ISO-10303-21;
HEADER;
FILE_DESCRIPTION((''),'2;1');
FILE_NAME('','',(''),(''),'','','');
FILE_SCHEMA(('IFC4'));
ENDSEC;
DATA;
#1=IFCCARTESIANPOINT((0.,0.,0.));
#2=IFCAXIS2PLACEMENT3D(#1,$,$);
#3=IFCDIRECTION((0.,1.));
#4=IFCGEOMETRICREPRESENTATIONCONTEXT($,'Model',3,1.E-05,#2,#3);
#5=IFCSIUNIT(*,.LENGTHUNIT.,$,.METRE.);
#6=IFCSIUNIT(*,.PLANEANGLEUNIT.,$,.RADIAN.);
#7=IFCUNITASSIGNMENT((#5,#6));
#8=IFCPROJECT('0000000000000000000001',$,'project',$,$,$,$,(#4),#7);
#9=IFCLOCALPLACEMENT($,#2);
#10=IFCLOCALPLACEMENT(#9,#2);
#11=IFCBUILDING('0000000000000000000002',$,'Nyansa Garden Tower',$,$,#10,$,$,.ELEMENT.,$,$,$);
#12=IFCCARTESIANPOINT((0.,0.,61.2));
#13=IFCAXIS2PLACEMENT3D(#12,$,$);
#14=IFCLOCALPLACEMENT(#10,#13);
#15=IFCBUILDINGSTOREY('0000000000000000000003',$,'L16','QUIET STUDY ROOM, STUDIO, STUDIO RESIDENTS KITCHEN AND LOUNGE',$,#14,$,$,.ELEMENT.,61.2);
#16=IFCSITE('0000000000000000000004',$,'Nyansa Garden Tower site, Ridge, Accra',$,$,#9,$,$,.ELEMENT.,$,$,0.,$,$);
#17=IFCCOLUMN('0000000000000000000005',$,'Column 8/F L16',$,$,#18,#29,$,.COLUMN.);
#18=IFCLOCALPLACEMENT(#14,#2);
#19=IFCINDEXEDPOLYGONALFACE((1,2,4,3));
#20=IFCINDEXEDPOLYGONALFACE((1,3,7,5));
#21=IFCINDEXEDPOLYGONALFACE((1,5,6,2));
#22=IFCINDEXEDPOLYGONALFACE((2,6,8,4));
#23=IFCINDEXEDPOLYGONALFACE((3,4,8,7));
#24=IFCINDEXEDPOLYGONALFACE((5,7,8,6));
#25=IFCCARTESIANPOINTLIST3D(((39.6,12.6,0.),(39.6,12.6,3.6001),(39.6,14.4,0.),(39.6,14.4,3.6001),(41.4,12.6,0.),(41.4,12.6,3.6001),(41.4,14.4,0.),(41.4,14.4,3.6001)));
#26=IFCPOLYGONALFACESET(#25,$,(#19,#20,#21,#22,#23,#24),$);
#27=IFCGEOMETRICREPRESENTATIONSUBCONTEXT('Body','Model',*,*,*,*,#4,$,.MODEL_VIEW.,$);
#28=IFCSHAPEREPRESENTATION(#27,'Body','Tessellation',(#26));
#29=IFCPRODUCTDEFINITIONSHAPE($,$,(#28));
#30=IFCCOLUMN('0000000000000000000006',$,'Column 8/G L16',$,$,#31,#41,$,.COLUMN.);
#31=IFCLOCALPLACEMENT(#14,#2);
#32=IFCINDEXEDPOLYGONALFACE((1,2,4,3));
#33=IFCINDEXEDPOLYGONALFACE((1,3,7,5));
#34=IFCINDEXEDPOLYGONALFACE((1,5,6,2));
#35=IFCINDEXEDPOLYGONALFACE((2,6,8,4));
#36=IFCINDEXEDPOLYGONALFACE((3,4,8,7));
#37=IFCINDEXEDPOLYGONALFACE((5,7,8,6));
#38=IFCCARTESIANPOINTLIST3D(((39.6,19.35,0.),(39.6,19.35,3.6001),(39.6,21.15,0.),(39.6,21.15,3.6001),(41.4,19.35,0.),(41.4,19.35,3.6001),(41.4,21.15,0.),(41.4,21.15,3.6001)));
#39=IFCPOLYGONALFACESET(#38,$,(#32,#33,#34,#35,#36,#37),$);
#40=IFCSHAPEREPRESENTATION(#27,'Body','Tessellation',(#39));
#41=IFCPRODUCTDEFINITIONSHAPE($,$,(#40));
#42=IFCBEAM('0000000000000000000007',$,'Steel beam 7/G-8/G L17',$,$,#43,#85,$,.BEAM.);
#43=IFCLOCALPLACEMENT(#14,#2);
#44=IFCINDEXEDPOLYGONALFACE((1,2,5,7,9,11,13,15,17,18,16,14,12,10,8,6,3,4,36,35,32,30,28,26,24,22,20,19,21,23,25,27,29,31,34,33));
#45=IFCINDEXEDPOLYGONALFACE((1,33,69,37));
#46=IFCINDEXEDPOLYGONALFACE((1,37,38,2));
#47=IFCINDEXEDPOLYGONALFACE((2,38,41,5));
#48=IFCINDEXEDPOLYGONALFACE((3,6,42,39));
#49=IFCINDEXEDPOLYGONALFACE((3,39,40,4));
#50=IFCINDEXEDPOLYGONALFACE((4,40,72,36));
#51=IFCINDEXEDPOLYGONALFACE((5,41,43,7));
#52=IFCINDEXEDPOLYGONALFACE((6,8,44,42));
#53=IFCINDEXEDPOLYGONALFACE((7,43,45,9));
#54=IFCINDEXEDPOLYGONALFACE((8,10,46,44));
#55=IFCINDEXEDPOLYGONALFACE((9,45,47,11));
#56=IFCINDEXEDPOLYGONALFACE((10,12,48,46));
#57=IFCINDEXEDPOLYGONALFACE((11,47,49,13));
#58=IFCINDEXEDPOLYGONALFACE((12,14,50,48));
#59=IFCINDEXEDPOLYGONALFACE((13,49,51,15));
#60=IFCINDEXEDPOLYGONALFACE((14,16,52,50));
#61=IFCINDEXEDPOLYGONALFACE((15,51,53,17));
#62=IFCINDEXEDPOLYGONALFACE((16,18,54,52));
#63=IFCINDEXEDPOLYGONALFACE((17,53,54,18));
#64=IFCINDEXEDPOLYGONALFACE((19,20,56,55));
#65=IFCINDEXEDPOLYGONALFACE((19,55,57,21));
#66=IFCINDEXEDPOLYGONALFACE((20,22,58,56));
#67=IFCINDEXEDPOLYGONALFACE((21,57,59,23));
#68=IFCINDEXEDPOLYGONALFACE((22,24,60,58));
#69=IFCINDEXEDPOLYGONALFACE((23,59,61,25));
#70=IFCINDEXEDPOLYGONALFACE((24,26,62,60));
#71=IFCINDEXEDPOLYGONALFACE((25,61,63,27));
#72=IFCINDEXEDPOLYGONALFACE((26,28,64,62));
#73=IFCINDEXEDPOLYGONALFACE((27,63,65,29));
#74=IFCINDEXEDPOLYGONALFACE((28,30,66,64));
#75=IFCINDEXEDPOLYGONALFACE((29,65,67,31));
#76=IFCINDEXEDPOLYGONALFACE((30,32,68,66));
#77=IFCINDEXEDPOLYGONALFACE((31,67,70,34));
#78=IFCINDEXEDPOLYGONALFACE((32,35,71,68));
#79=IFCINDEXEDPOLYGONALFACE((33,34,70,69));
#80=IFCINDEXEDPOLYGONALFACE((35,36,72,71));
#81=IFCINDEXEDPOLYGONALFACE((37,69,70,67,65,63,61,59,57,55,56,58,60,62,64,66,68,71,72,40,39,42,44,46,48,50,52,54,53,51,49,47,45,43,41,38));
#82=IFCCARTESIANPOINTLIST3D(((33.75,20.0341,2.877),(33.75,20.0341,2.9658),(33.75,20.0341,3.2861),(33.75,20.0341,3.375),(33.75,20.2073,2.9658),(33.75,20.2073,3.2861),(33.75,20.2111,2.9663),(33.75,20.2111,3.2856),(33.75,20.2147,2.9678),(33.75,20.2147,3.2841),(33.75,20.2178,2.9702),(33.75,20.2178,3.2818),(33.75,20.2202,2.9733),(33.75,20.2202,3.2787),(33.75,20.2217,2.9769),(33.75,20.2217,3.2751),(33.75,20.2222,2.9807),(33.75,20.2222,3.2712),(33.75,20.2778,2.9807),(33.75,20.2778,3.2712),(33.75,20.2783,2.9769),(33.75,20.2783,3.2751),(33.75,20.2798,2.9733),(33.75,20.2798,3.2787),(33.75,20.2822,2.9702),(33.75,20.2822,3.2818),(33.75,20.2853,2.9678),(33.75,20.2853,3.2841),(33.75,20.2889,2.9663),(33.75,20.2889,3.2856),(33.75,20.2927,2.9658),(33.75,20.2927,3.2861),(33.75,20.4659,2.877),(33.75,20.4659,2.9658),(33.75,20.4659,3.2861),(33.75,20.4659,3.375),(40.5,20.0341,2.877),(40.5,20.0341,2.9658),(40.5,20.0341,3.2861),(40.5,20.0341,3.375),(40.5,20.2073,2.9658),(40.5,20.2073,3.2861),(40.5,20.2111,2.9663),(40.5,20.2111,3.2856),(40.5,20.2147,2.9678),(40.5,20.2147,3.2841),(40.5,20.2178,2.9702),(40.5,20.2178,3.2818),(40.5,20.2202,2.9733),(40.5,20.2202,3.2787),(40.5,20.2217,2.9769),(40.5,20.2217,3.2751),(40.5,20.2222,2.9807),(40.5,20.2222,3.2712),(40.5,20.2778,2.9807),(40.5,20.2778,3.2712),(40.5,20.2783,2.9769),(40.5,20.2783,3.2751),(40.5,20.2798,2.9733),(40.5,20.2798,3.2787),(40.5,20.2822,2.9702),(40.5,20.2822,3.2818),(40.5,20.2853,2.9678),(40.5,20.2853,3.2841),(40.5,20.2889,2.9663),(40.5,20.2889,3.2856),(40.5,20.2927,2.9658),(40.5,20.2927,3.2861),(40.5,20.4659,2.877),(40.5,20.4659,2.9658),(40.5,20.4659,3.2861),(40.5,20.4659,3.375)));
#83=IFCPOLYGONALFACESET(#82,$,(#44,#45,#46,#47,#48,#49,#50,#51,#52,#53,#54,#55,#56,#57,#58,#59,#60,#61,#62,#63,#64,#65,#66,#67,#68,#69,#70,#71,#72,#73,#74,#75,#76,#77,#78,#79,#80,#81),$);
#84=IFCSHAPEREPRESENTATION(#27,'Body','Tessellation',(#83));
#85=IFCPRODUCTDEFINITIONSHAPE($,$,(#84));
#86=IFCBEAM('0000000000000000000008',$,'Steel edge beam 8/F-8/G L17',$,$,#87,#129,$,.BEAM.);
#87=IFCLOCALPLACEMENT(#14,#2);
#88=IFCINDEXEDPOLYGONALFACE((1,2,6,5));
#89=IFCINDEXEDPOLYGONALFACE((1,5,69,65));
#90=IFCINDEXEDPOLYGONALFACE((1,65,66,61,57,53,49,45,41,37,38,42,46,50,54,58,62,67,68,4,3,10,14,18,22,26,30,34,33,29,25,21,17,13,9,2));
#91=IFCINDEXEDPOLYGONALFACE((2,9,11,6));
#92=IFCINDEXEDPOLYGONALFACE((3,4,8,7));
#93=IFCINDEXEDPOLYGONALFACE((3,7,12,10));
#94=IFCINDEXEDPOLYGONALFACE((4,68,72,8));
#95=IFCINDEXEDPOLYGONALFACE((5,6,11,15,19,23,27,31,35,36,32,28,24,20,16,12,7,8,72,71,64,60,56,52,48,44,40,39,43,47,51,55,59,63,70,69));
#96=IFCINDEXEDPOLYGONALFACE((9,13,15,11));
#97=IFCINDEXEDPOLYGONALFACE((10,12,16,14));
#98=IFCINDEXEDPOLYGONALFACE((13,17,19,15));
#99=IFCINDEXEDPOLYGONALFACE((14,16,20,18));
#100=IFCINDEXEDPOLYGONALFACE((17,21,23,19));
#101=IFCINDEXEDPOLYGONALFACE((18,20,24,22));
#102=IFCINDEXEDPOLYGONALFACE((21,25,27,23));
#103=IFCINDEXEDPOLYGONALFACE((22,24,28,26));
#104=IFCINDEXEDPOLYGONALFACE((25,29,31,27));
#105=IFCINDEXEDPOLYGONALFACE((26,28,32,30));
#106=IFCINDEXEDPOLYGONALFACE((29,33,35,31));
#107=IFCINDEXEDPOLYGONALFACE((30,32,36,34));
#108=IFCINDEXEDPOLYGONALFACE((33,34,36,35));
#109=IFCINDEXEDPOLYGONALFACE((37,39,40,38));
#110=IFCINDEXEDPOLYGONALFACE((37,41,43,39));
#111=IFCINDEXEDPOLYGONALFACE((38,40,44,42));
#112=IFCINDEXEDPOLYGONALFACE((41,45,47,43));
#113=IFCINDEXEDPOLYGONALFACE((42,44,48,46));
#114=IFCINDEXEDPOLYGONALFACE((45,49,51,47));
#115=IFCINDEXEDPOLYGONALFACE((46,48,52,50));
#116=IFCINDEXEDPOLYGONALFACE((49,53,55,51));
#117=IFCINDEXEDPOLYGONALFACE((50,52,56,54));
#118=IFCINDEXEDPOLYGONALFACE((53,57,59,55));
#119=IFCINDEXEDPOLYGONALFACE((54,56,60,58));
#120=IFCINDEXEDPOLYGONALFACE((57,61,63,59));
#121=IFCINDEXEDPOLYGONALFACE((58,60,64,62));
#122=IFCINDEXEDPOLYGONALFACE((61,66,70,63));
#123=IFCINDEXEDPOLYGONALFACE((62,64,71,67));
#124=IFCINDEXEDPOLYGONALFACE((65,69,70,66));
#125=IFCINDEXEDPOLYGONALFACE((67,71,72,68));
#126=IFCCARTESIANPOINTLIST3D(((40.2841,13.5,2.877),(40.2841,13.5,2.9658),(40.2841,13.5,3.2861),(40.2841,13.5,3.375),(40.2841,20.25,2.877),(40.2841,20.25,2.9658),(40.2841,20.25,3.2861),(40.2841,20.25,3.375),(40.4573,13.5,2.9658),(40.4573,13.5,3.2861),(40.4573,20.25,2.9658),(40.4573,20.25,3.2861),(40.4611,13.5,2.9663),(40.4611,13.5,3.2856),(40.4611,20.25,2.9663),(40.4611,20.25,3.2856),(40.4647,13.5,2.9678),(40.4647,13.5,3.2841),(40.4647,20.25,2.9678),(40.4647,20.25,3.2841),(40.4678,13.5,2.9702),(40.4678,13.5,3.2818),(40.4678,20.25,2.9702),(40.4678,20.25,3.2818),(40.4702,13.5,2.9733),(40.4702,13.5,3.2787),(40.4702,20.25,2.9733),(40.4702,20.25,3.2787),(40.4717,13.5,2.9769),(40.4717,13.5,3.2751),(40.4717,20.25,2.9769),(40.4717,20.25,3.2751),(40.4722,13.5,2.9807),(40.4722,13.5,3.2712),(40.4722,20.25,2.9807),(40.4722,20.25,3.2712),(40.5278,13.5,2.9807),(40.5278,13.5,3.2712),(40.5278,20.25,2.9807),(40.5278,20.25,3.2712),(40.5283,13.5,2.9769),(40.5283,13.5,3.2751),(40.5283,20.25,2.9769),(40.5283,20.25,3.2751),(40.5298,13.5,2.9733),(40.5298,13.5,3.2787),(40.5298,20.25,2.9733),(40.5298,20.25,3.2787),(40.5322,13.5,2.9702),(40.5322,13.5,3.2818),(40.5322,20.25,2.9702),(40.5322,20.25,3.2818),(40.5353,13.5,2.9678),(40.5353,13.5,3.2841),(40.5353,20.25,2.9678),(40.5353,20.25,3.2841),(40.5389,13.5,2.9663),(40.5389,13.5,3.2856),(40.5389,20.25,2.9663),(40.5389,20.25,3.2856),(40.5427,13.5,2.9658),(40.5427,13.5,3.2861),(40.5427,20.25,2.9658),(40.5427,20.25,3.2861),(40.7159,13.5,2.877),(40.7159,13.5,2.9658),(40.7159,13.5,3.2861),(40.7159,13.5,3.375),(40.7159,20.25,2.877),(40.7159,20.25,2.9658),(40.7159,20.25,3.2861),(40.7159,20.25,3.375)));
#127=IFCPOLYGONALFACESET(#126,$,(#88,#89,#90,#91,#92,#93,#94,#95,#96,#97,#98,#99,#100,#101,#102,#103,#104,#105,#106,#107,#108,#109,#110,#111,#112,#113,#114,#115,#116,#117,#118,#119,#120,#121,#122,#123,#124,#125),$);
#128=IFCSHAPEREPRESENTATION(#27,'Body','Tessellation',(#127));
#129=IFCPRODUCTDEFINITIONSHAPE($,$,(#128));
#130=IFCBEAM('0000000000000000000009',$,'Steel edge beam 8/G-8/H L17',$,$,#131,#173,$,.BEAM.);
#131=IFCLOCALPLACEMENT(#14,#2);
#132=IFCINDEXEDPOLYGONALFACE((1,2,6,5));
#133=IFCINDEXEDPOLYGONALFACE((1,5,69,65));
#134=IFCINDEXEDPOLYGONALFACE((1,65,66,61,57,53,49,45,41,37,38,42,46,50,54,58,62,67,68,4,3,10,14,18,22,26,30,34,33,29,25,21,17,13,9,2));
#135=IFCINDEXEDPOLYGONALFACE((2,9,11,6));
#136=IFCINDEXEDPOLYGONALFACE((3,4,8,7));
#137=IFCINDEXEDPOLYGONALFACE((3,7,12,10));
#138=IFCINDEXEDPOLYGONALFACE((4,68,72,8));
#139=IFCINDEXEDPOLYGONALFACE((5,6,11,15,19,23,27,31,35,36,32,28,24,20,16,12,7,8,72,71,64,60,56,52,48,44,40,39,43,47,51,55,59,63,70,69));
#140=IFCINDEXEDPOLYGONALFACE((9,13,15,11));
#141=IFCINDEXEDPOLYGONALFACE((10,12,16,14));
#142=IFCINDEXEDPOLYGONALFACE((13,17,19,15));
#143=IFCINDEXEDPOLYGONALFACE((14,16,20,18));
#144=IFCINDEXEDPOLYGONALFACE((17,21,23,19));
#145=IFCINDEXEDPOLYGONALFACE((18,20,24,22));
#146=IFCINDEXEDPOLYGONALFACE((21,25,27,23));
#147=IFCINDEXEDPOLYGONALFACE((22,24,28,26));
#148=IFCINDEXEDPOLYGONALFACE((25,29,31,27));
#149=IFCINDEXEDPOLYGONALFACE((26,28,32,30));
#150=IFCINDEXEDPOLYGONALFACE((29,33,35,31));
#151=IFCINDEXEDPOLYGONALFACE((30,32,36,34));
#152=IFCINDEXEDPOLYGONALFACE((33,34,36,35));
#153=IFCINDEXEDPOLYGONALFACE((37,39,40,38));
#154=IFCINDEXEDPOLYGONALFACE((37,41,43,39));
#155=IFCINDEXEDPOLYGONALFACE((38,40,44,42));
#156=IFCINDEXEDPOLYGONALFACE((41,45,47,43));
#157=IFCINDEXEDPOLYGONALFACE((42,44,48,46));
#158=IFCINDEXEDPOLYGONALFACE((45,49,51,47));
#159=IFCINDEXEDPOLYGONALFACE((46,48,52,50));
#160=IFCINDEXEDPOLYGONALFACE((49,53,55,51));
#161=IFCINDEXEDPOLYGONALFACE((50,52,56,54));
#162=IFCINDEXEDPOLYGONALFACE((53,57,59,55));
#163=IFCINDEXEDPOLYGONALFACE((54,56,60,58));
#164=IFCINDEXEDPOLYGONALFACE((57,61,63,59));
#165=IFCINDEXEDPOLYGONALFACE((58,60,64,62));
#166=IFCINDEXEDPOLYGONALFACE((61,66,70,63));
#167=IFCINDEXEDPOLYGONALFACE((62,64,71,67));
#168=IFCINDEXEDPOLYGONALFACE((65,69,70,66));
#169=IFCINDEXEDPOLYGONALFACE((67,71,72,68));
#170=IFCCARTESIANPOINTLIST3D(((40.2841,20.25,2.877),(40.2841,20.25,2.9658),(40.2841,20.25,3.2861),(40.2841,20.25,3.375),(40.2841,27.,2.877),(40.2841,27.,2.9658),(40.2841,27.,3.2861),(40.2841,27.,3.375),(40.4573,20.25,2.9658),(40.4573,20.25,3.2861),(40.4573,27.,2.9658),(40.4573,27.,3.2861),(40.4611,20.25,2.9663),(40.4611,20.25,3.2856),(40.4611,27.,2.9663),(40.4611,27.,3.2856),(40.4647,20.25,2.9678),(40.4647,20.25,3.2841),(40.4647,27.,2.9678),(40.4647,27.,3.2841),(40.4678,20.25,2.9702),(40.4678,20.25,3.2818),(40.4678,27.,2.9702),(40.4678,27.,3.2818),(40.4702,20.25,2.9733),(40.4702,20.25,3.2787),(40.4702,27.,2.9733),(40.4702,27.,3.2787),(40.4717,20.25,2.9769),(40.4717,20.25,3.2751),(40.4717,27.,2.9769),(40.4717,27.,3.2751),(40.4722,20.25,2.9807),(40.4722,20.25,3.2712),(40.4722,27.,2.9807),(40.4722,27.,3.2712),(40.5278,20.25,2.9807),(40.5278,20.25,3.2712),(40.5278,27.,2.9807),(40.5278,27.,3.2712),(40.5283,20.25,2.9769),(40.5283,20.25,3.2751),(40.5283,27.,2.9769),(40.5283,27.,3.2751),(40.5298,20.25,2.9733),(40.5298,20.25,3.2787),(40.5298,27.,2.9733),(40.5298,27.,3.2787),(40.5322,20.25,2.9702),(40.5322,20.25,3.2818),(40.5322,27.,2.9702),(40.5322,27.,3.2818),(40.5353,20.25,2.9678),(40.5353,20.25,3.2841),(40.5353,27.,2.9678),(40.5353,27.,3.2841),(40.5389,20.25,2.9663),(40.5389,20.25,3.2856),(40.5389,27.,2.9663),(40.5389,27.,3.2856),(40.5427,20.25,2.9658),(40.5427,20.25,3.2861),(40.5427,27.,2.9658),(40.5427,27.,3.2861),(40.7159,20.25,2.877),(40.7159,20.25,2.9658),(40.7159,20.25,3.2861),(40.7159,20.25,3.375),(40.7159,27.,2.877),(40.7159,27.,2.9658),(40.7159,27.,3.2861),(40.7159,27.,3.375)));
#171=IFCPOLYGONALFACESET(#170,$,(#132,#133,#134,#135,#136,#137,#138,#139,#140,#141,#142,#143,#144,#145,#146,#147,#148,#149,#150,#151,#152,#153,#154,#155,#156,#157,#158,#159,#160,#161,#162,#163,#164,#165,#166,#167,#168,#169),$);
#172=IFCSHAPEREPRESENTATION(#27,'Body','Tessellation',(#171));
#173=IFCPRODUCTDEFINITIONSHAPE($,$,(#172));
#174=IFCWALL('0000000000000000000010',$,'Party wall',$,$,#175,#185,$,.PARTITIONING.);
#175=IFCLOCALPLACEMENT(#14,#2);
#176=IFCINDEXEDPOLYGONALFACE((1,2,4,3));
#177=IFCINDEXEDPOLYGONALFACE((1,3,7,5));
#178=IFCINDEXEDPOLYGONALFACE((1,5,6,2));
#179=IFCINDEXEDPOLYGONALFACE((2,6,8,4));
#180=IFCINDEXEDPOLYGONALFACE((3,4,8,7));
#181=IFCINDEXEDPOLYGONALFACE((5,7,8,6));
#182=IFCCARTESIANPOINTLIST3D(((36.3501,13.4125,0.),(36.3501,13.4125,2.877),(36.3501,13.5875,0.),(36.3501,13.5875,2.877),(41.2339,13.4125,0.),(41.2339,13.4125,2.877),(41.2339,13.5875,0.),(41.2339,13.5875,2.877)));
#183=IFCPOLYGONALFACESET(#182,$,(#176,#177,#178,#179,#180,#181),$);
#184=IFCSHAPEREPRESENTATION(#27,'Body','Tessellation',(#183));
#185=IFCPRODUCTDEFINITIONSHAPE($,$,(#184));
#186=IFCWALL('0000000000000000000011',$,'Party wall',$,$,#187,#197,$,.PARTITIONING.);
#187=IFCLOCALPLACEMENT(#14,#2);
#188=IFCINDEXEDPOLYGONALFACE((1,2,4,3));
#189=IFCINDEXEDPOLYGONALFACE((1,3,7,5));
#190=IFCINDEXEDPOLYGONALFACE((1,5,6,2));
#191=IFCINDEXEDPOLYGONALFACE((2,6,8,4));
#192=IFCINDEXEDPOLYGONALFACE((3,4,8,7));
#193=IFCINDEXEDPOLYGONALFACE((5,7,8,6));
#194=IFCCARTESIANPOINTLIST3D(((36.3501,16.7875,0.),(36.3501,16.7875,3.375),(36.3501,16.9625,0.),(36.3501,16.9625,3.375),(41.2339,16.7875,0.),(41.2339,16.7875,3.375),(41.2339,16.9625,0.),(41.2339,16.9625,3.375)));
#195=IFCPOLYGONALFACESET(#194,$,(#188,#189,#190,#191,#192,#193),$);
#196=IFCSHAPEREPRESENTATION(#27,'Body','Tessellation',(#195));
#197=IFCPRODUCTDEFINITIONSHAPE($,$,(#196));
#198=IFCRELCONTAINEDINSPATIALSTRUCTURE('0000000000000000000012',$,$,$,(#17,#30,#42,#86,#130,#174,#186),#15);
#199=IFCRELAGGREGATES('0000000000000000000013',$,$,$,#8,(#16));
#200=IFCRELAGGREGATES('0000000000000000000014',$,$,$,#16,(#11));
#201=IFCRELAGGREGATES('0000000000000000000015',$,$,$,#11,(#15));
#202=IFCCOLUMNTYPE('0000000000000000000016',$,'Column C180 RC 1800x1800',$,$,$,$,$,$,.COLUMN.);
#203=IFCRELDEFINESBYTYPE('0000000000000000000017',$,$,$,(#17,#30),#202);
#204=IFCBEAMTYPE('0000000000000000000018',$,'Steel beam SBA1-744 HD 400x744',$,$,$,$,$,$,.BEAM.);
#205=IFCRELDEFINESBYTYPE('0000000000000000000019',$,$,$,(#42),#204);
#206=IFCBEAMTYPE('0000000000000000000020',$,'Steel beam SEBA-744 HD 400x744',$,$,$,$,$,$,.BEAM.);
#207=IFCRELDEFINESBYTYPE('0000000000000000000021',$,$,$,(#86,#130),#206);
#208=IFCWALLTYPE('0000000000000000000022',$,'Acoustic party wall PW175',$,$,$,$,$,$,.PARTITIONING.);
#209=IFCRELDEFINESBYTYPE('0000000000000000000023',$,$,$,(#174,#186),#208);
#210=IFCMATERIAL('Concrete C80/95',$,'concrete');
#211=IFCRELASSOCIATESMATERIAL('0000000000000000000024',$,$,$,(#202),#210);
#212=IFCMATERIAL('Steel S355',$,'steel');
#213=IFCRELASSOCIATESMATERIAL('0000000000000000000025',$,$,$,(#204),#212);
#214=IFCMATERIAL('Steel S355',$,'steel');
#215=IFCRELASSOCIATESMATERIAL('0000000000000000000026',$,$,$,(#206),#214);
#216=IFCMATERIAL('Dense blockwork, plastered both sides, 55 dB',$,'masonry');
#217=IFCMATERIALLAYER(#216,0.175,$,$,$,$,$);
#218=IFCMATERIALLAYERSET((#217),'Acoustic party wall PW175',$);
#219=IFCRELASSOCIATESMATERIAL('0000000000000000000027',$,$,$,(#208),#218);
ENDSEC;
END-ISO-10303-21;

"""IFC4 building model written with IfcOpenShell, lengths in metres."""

from ifc_helpers import new_model, si_unit, direction, frame, frame_2d, origin, origin_2d, place, context, subcontext, project, spatial, rectangle, i_section, extrude, material, layer, layer_set, material_profile, profile_set, type_object, element, save


model = new_model("IFC4")

# Units and contexts
model_context = context("Model", 3, precision=1e-05, world=origin(), true_north=direction((0.0, 1.0)))
body_context = subcontext(model_context, "Body", "Model", "MODEL_VIEW")
ifc_project = project(units=[si_unit("LENGTHUNIT", "METRE"), si_unit("PLANEANGLEUNIT", "RADIAN")], contexts=[model_context])

# Site, building, storey
site_placement = place(None, origin())
site = spatial("IfcSite", under=ifc_project, at=site_placement, Name="Nyansa Garden Tower site, Ridge, Accra", CompositionType="ELEMENT", RefElevation=0.0)
building_placement = place(site_placement, origin())
building = spatial("IfcBuilding", under=site, at=building_placement, Name="Nyansa Garden Tower", CompositionType="ELEMENT")
storey_placement = place(building_placement, frame((0.0, 0.0, 61.2)))
storey = spatial("IfcBuildingStorey", under=building, at=storey_placement, Name="L16", Description="QUIET STUDY ROOM, STUDIO, STUDIO RESIDENTS KITCHEN AND LOUNGE", CompositionType="ELEMENT", Elevation=61.2)

# Columns
ifc_material_1 = material(Name="Concrete C80/95", Category="concrete")
ifc_material_profile_1 = material_profile(ifc_material_1, rectangle(XDim=1.8, YDim=1.8, at=origin_2d()), Name="RC 1800x1800")
ifc_profile_set_1 = profile_set([ifc_material_profile_1], Name="Concrete C80/95")
column_type = type_object("IfcColumnType", Name="Column C180 RC 1800x1800", PredefinedType="COLUMN", material=ifc_profile_set_1)
for number, where, z_axis, x_axis, name in (
    (1, (40.5, 13.5, 0.0), (0.0, 0.0, 1.0), (1.0, 0.0, 0.0), "Column 8/F L16"),
    (2, (40.5, 20.25, 0.0), (0.0, 0.0, 1.0), (1.0, 0.0, 0.0), "Column 8/G L16"),
):
    element("IfcColumn", number, at=place(storey_placement, frame(where, z_axis=z_axis, x_axis=x_axis)), inside=storey, type_object=column_type, Name=name, PredefinedType="COLUMN", context=body_context, shape_type="SweptSolid", body=[
        extrude(rectangle(XDim=1.8, YDim=1.8, at=origin_2d()), origin(), (0.0, 0.0, 1.0), 3.6001),
    ])

# Beams
ifc_material_2 = material(Name="Steel S355", Category="steel")
ifc_material_profile_2 = material_profile(ifc_material_2, i_section(OverallWidth=0.4319, OverallDepth=0.498, WebThickness=0.0557, FlangeThickness=0.0889, FilletRadius=0.0149, at=origin_2d()), Name="HD 400x744")
ifc_profile_set_2 = profile_set([ifc_material_profile_2], Name="Steel S355")
beam_type_1 = type_object("IfcBeamType", Name="Steel beam SBA1-744 HD 400x744", PredefinedType="BEAM", material=ifc_profile_set_2)
beam_placement = place(storey_placement, frame((33.75, 20.25, 3.126), z_axis=(1.0, 0.0, 0.0), x_axis=(0.0, 1.0, 0.0)))
element("IfcBeam", 3, at=beam_placement, inside=storey, type_object=beam_type_1, Name="Steel beam 7/G-8/G L17", PredefinedType="BEAM", context=body_context, shape_type="SweptSolid", body=[
    extrude(i_section(OverallWidth=0.4319, OverallDepth=0.498, WebThickness=0.0557, FlangeThickness=0.0889, FilletRadius=0.0149, at=origin_2d()), origin(), (0.0, 0.0, 1.0), 6.75),
])
ifc_material_3 = material(Name="Steel S355", Category="steel")
ifc_material_profile_3 = material_profile(ifc_material_3, i_section(OverallWidth=0.4319, OverallDepth=0.498, WebThickness=0.0557, FlangeThickness=0.0889, FilletRadius=0.0149, at=origin_2d()), Name="HD 400x744")
ifc_profile_set_3 = profile_set([ifc_material_profile_3], Name="Steel S355")
beam_type_2 = type_object("IfcBeamType", Name="Steel beam SEBA-744 HD 400x744", PredefinedType="BEAM", material=ifc_profile_set_3)
for number, where, z_axis, x_axis, name in (
    (4, (40.5, 13.5, 3.126), (0.0, 1.0, 0.0), (-1.0, 0.0, 0.0), "Steel edge beam 8/F-8/G L17"),
    (5, (40.5, 20.25, 3.126), (0.0, 1.0, 0.0), (-1.0, 0.0, 0.0), "Steel edge beam 8/G-8/H L17"),
):
    element("IfcBeam", number, at=place(storey_placement, frame(where, z_axis=z_axis, x_axis=x_axis)), inside=storey, type_object=beam_type_2, Name=name, PredefinedType="BEAM", context=body_context, shape_type="SweptSolid", body=[
        extrude(i_section(OverallWidth=0.4319, OverallDepth=0.498, WebThickness=0.0557, FlangeThickness=0.0889, FilletRadius=0.0149, at=origin_2d()), origin(), (0.0, 0.0, 1.0), 6.75),
    ])

# Walls
ifc_material_4 = material(Name="Dense blockwork, plastered both sides, 55 dB", Category="masonry")
ifc_layer_1 = layer(ifc_material_4, 0.175)
ifc_layer_set_1 = layer_set([ifc_layer_1], Name="Acoustic party wall PW175")
wall_type_1 = type_object("IfcWallType", Name="Acoustic party wall PW175", PredefinedType="PARTITIONING", material=ifc_layer_set_1)
wall_1_placement = place(storey_placement, frame((36.3501, 13.5, 0.0), z_axis=(0.0, 0.0, 1.0), x_axis=(1.0, 0.0, 0.0)))
element("IfcWall", 6, at=wall_1_placement, inside=storey, type_object=wall_type_1, Name="Party wall", PredefinedType="PARTITIONING", context=body_context, shape_type="SweptSolid", body=[
    extrude(rectangle(XDim=4.8838, YDim=0.175, at=frame_2d((2.4419, 0.0))), origin(), (0.0, 0.0, 1.0), 2.877),
])
wall_2_placement = place(storey_placement, frame((36.3501, 16.875, 0.0), z_axis=(0.0, 0.0, 1.0), x_axis=(1.0, 0.0, 0.0)))
element("IfcWall", 7, at=wall_2_placement, inside=storey, type_object=wall_type_1, Name="Party wall", PredefinedType="PARTITIONING", context=body_context, shape_type="SweptSolid", body=[
    extrude(rectangle(XDim=4.8838, YDim=0.175, at=frame_2d((2.4419, 0.0))), origin(), (0.0, 0.0, 1.0), 3.375),
])

save(model, "model.ifc")
